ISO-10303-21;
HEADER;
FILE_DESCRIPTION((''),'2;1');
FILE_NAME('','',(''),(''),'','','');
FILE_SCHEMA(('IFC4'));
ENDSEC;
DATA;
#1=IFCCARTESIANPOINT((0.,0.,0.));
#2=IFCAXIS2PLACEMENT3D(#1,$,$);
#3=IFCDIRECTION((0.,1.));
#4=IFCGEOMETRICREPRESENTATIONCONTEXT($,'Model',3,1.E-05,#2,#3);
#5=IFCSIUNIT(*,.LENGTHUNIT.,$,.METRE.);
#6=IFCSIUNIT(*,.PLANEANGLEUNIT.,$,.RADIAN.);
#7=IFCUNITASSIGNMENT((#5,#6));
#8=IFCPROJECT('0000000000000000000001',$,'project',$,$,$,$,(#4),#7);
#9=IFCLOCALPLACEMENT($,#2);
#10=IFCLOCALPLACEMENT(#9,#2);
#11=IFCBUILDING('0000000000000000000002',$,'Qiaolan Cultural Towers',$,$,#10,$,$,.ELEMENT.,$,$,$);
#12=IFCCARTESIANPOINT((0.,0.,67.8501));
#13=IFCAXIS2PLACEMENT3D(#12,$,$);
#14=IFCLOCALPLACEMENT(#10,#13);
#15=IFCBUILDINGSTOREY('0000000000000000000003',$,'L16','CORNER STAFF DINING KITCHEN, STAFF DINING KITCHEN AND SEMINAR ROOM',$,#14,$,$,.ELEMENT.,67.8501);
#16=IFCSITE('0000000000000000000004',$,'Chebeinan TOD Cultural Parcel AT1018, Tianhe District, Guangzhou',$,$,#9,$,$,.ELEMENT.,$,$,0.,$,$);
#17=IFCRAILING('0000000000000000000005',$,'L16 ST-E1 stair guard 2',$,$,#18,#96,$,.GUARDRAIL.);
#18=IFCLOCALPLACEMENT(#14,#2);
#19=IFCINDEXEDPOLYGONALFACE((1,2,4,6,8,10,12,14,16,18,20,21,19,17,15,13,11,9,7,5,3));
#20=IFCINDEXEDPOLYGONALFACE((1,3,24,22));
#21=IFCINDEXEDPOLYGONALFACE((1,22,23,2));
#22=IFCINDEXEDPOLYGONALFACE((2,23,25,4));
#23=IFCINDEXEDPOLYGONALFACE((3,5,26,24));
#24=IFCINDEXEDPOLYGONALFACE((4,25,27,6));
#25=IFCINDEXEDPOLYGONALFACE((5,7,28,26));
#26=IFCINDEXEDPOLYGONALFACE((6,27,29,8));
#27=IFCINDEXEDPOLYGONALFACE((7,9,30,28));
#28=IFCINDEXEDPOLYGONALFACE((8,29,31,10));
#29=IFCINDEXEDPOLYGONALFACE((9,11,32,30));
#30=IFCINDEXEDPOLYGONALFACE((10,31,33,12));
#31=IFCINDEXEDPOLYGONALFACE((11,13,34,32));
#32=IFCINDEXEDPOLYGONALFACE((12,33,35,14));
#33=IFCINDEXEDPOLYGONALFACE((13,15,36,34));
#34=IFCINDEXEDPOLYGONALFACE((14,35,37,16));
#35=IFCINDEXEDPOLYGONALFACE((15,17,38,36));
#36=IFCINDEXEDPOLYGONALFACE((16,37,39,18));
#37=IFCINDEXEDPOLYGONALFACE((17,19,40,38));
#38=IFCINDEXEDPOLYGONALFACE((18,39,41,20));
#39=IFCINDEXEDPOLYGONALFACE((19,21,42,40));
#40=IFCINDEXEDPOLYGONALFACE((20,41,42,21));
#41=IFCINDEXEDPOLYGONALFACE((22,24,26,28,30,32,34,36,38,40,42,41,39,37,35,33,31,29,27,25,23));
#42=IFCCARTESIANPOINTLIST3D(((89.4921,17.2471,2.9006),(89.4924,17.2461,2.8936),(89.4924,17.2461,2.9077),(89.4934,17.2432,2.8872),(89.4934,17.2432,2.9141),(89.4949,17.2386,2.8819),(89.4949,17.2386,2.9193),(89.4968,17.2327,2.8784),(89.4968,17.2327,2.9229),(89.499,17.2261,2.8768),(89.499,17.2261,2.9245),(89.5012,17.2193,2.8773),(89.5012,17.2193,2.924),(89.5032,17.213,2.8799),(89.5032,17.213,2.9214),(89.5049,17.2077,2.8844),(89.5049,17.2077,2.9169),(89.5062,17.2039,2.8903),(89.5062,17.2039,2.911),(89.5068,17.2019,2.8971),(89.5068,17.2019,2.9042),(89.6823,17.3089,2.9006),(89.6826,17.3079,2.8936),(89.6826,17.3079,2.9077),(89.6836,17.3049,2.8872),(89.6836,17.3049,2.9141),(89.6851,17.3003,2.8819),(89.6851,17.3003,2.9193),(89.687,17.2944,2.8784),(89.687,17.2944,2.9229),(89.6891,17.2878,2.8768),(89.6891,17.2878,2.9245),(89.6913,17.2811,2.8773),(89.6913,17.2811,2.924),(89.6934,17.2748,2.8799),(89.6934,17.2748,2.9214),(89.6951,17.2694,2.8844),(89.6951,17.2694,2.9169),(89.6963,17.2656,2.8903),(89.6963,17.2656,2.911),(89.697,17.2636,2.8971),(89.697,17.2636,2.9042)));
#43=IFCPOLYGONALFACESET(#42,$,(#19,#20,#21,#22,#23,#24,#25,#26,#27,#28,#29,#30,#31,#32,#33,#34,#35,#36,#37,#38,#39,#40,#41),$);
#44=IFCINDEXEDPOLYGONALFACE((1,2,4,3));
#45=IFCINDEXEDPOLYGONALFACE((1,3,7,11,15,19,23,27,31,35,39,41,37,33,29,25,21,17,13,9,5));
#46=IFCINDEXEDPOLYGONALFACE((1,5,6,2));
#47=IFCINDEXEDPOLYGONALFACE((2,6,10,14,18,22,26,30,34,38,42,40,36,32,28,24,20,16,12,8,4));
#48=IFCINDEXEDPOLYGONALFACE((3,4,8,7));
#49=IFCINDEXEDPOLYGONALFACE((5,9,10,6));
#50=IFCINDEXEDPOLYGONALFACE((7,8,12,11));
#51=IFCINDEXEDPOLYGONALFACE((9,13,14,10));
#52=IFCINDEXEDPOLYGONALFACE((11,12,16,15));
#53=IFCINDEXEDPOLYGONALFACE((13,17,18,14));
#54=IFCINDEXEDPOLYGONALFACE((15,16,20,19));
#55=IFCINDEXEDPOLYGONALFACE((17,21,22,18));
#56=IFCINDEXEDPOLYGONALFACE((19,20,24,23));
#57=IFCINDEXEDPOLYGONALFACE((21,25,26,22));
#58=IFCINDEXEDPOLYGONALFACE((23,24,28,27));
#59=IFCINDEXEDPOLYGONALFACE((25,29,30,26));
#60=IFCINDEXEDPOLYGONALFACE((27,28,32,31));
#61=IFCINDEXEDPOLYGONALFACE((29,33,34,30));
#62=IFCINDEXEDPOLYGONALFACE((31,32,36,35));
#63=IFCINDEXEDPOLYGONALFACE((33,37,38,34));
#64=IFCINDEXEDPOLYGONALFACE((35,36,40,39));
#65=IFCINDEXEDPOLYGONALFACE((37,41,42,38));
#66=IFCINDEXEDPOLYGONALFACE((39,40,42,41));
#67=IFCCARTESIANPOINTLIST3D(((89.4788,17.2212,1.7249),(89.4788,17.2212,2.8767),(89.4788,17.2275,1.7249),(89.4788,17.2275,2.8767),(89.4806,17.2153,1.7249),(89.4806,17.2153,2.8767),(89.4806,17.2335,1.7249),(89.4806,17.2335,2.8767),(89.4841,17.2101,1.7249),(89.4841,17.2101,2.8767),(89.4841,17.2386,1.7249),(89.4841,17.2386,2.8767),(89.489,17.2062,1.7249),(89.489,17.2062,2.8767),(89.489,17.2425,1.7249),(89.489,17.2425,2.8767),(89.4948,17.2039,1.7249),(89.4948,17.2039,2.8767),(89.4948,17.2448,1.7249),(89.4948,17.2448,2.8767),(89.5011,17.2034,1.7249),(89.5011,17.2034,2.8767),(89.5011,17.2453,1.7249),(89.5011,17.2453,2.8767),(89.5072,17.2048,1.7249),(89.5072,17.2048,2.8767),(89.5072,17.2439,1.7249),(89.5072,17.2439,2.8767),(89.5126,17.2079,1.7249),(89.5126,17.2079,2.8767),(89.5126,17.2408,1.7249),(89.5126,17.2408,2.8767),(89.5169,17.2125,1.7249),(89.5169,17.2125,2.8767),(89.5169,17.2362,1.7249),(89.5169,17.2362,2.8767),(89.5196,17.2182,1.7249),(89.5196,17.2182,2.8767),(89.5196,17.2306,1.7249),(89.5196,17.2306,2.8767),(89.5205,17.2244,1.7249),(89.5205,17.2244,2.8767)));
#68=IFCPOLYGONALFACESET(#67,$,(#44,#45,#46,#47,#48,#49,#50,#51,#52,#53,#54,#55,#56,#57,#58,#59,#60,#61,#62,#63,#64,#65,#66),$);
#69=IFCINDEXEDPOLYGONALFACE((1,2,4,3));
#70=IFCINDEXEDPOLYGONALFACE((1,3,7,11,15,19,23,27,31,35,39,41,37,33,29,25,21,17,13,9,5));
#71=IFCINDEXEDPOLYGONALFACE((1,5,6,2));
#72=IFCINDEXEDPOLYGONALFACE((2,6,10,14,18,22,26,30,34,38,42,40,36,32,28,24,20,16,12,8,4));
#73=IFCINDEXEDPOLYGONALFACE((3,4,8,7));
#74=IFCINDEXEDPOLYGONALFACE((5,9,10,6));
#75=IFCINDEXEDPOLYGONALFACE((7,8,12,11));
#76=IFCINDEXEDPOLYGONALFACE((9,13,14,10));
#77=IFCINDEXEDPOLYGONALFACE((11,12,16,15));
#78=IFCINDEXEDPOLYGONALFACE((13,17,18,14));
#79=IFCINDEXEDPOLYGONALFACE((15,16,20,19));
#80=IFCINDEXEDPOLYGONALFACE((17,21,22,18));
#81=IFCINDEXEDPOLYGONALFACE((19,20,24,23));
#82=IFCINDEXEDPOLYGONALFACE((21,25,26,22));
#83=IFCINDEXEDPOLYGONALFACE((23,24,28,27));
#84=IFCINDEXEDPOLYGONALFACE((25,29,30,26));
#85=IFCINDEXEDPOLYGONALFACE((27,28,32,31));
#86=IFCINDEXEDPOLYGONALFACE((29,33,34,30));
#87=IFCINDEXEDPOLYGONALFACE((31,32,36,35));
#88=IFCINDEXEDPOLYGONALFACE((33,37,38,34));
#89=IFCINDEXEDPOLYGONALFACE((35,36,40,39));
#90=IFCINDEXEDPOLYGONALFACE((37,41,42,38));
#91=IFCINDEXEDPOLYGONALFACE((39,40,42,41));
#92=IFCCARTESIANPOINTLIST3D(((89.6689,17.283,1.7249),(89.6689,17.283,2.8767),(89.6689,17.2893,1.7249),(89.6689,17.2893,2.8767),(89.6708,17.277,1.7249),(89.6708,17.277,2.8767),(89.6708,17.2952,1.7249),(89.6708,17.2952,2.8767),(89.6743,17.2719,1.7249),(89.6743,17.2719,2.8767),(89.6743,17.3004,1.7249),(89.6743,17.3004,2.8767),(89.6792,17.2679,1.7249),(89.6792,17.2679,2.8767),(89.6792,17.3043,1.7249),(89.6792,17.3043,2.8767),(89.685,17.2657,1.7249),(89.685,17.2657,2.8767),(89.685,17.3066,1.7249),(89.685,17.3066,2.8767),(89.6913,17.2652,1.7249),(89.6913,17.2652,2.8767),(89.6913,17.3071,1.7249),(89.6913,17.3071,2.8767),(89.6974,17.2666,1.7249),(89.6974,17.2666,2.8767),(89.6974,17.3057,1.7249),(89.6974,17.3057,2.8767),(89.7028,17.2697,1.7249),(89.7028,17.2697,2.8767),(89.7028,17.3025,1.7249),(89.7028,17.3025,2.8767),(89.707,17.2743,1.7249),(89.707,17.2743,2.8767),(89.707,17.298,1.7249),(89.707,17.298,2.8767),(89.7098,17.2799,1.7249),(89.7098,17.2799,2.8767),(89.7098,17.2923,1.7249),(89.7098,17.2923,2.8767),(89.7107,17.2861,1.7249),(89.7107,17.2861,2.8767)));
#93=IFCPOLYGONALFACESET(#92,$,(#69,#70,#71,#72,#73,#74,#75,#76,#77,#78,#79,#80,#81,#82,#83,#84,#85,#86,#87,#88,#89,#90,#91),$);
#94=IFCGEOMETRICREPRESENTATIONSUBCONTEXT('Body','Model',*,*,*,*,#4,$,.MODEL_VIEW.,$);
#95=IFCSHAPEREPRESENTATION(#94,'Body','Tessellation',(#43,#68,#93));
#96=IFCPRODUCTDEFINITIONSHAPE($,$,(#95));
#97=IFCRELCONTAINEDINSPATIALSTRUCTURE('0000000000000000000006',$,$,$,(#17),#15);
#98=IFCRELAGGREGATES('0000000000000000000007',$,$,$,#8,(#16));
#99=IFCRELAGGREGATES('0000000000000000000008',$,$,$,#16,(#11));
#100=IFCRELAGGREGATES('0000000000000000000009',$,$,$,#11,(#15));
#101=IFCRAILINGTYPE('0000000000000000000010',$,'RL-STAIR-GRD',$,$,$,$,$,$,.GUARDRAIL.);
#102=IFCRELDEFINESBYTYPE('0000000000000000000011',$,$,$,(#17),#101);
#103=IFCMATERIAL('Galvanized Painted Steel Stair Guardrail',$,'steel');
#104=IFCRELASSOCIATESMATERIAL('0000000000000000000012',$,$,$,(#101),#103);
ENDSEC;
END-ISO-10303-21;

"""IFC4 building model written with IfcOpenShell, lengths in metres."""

from ifc_helpers import new_model, si_unit, direction, frame, origin, origin_2d, place, context, subcontext, project, spatial, circle, extrude, material, type_object, element, save


model = new_model("IFC4")

# Units and contexts
model_context = context("Model", 3, precision=1e-05, world=origin(), true_north=direction((0.0, 1.0)))
body_context = subcontext(model_context, "Body", "Model", "MODEL_VIEW")
ifc_project = project(units=[si_unit("LENGTHUNIT", "METRE"), si_unit("PLANEANGLEUNIT", "RADIAN")], contexts=[model_context])

# Site, building, storey
site_placement = place(None, origin())
site = spatial("IfcSite", under=ifc_project, at=site_placement, Name="Chebeinan TOD Cultural Parcel AT1018, Tianhe District, Guangzhou", CompositionType="ELEMENT", RefElevation=0.0)
building_placement = place(site_placement, origin())
building = spatial("IfcBuilding", under=site, at=building_placement, Name="Qiaolan Cultural Towers", CompositionType="ELEMENT")
storey_placement = place(building_placement, frame((0.0, 0.0, 67.8501)))
storey = spatial("IfcBuildingStorey", under=building, at=storey_placement, Name="L16", Description="CORNER STAFF DINING KITCHEN, STAFF DINING KITCHEN AND SEMINAR ROOM", CompositionType="ELEMENT", Elevation=67.8501)

# Railing
ifc_material_1 = material(Name="Galvanized Painted Steel Stair Guardrail", Category="steel")
railing_type_1 = type_object("IfcRailingType", Name="RL-STAIR-GRD", PredefinedType="GUARDRAIL", material=ifc_material_1)
railing_1_placement = place(storey_placement, frame((89.4995, 17.2244, 1.7249)))
element("IfcRailing", 1, at=railing_1_placement, inside=storey, type_object=railing_type_1, Name="L16 ST-E1 stair guard 2", PredefinedType="GUARDRAIL", context=body_context, shape_type="SweptSolid", body=[
    extrude(circle(Radius=0.0239, at=origin_2d()), frame((0.0, 0.0, 1.1758), z_axis=(0.951097, 0.308893, 0.0), x_axis=(-0.308893, 0.951097, 0.0)), (0.0, 0.0, 1.0), 0.2),
    extrude(circle(Radius=0.021, at=origin_2d()), origin(), (0.0, 0.0, 1.0), 1.1519),
    extrude(circle(Radius=0.021, at=origin_2d()), frame((0.1902, 0.0618, 0.0)), (0.0, 0.0, 1.0), 1.1519),
])

save(model, "model.ifc")
